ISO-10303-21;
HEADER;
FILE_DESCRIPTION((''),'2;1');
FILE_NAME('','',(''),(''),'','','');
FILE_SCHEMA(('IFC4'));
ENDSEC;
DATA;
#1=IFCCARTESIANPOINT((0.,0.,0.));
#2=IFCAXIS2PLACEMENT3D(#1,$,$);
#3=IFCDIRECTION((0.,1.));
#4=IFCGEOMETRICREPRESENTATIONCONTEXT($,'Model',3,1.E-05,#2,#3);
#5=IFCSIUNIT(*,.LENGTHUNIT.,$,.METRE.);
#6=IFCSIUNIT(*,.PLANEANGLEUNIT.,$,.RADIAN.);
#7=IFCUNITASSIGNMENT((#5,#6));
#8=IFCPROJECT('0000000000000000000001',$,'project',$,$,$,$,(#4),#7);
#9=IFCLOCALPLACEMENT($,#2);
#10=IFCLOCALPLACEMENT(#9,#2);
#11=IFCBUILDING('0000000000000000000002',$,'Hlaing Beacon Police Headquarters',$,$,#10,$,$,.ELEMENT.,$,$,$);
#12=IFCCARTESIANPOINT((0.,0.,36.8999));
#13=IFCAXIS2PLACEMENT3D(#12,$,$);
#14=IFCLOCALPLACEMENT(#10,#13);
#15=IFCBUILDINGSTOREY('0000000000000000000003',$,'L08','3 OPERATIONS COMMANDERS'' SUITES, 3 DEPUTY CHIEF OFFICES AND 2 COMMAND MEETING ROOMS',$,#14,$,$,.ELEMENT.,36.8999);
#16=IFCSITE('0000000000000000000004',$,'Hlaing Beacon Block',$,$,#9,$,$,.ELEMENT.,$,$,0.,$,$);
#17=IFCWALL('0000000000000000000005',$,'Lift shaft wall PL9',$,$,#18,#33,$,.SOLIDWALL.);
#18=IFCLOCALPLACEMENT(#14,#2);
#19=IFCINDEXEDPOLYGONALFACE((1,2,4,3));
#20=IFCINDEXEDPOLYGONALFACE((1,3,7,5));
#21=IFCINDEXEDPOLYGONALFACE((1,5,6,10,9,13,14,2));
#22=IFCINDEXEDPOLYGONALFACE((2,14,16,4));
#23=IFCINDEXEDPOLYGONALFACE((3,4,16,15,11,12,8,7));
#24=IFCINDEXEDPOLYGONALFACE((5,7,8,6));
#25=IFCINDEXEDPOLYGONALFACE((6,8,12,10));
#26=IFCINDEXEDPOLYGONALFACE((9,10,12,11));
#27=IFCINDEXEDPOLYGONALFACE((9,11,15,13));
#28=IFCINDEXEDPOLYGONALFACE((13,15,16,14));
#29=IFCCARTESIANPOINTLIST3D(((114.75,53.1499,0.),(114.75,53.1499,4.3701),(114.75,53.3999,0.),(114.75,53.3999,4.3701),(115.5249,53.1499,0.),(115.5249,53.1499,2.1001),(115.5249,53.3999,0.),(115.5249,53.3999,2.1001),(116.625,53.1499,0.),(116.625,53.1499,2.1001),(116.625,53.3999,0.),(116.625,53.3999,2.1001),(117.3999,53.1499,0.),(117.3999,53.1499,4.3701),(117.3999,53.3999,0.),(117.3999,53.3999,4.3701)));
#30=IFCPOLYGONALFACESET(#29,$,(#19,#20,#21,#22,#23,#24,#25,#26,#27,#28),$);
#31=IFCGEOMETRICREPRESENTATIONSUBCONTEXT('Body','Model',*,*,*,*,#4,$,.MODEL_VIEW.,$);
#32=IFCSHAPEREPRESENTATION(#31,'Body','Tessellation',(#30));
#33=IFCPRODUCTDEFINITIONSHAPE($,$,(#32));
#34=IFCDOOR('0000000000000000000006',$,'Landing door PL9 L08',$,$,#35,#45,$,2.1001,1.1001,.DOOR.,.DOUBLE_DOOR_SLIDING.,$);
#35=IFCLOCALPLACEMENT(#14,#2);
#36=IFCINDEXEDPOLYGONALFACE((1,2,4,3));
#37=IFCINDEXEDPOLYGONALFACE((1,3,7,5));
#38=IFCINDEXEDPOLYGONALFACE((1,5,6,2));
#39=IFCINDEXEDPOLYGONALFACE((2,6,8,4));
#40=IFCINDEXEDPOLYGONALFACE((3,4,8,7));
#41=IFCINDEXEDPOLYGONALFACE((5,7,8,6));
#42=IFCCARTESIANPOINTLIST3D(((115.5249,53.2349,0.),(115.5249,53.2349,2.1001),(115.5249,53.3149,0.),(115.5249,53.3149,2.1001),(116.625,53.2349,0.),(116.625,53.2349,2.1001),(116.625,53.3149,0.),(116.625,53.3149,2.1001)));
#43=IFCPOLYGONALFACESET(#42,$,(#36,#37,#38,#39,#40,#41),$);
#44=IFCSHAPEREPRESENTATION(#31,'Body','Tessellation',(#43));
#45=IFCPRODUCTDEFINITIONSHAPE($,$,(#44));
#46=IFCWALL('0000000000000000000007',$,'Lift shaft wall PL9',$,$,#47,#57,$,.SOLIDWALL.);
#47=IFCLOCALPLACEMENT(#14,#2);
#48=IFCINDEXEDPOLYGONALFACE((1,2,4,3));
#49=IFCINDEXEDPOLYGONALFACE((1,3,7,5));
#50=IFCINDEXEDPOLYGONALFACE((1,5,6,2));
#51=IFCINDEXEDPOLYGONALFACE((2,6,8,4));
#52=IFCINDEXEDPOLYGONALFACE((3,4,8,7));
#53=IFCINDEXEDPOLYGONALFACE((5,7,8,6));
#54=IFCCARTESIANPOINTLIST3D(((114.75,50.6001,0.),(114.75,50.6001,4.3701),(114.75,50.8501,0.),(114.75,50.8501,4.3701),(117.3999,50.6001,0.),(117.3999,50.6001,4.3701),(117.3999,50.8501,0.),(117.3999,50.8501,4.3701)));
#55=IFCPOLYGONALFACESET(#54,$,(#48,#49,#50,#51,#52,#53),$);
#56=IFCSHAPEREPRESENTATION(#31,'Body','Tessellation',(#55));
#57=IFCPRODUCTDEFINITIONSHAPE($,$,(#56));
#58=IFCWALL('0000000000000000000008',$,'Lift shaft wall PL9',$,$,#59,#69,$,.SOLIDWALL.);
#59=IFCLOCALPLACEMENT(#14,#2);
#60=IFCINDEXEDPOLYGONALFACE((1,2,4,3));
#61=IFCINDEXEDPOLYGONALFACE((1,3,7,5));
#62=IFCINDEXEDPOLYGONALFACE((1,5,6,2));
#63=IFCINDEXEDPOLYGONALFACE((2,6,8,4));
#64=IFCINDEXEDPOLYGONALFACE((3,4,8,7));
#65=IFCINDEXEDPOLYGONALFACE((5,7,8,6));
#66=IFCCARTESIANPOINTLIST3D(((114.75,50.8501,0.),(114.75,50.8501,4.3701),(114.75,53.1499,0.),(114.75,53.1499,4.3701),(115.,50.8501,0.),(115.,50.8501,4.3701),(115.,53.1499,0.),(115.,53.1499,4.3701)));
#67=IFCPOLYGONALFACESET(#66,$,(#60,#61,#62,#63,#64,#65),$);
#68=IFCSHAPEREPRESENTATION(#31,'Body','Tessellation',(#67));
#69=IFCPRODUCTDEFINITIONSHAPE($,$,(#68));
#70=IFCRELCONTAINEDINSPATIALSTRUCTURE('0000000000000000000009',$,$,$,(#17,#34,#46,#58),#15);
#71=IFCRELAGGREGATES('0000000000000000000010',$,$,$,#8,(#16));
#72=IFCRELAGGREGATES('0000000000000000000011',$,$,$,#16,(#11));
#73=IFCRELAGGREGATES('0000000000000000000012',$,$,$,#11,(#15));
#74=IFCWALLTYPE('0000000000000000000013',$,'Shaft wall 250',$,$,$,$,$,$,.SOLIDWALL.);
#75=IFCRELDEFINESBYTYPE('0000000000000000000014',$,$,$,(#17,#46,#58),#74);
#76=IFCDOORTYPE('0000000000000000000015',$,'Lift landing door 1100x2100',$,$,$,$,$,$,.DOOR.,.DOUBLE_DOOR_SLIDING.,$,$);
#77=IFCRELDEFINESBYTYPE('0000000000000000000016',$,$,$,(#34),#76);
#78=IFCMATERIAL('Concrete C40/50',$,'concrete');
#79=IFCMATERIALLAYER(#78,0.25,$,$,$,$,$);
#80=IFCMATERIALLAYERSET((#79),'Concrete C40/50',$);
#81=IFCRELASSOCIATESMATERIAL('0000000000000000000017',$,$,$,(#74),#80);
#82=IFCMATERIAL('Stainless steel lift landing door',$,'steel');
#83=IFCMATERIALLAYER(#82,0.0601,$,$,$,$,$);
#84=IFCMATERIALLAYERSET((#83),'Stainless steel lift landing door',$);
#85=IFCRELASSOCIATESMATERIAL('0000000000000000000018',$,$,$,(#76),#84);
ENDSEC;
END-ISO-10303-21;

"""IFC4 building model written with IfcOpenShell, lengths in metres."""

from ifc_helpers import new_model, si_unit, direction, frame, frame_2d, origin, place, context, subcontext, project, spatial, rectangle, extrude, material, layer, layer_set, type_object, element, fill, save


model = new_model("IFC4")

# Units and contexts
model_context = context("Model", 3, precision=1e-05, world=origin(), true_north=direction((0.0, 1.0)))
body_context = subcontext(model_context, "Body", "Model", "MODEL_VIEW")
ifc_project = project(units=[si_unit("LENGTHUNIT", "METRE"), si_unit("PLANEANGLEUNIT", "RADIAN")], contexts=[model_context])

# Site, building, storey
site_placement = place(None, origin())
site = spatial("IfcSite", under=ifc_project, at=site_placement, Name="Hlaing Beacon Block", CompositionType="ELEMENT", RefElevation=0.0)
building_placement = place(site_placement, origin())
building = spatial("IfcBuilding", under=site, at=building_placement, Name="Hlaing Beacon Police Headquarters", CompositionType="ELEMENT")
storey_placement = place(building_placement, frame((0.0, 0.0, 36.8999)))
storey = spatial("IfcBuildingStorey", under=building, at=storey_placement, Name="L08", Description="3 OPERATIONS COMMANDERS' SUITES, 3 DEPUTY CHIEF OFFICES AND 2 COMMAND MEETING ROOMS", CompositionType="ELEMENT", Elevation=36.8999)

# Shared definitions
ifc_material_1 = material(Name="Concrete C40/50", Category="concrete")
ifc_layer_1 = layer(ifc_material_1, 0.25)
ifc_layer_set_1 = layer_set([ifc_layer_1], Name="Concrete C40/50")
wall_type = type_object("IfcWallType", Name="Shaft wall 250", PredefinedType="SOLIDWALL", material=ifc_layer_set_1)

# Shared definitions
ifc_material_2 = material(Name="Stainless steel lift landing door", Category="steel")
ifc_layer_2 = layer(ifc_material_2, 0.0601)
ifc_layer_set_2 = layer_set([ifc_layer_2], Name="Stainless steel lift landing door")
door_type = type_object("IfcDoorType", Name="Lift landing door 1100x2100", OperationType="DOUBLE_DOOR_SLIDING", PredefinedType="DOOR", material=ifc_layer_set_2)

# Wall, opening, door
wall_1_placement = place(storey_placement, frame((114.75, 53.2749, 0.0), z_axis=(0.0, 0.0, 1.0), x_axis=(1.0, 0.0, 0.0)))
wall_1 = element("IfcWall", 1, at=wall_1_placement, inside=storey, type_object=wall_type, Name="Lift shaft wall PL9", PredefinedType="SOLIDWALL", context=body_context, shape_type="SweptSolid", body=[
    extrude(rectangle(XDim=2.6499, YDim=0.25, at=frame_2d((1.325, 0.0))), origin(), (0.0, 0.0, 1.0), 4.3701),
])
opening_1_placement = place(wall_1_placement, frame((0.7749, 0.0, 0.0)))
opening_1 = element("IfcOpeningElement", 2, at=opening_1_placement, cuts=wall_1, PredefinedType="OPENING", context=body_context, shape_type="SweptSolid", body=[
    extrude(rectangle(XDim=1.1001, YDim=2.1001, at=frame_2d((0.55, 1.05))), frame((0.0, 0.135, 0.0), z_axis=(0.0, -1.0, 0.0), x_axis=(1.0, 0.0, 0.0)), (0.0, 0.0, 1.0), 0.27),
])
door_1_placement = place(opening_1_placement, origin())
door_1 = element("IfcDoor", 3, at=door_1_placement, inside=storey, type_object=door_type, Name="Landing door PL9 L08", OperationType="DOUBLE_DOOR_SLIDING", OverallHeight=2.1001, OverallWidth=1.1001, PredefinedType="DOOR", context=body_context, shape_type="SweptSolid", body=[
    extrude(rectangle(XDim=1.1001, YDim=2.1001, at=frame_2d((0.55, 1.05))), frame((0.0, 0.04, 0.0), z_axis=(0.0, -1.0, 0.0), x_axis=(1.0, 0.0, 0.0)), (0.0, 0.0, 1.0), 0.0801),
])
fill(opening_1, door_1)

# Walls
wall_2_placement = place(storey_placement, frame((114.75, 50.7251, 0.0), z_axis=(0.0, 0.0, 1.0), x_axis=(1.0, 0.0, 0.0)))
element("IfcWall", 4, at=wall_2_placement, inside=storey, type_object=wall_type, Name="Lift shaft wall PL9", PredefinedType="SOLIDWALL", context=body_context, shape_type="SweptSolid", body=[
    extrude(rectangle(XDim=2.6499, YDim=0.25, at=frame_2d((1.325, 0.0))), origin(), (0.0, 0.0, 1.0), 4.3701),
])
wall_3_placement = place(storey_placement, frame((114.875, 50.8501, 0.0), z_axis=(0.0, 0.0, 1.0), x_axis=(0.0, 1.0, 0.0)))
element("IfcWall", 5, at=wall_3_placement, inside=storey, type_object=wall_type, Name="Lift shaft wall PL9", PredefinedType="SOLIDWALL", context=body_context, shape_type="SweptSolid", body=[
    extrude(rectangle(XDim=2.2998, YDim=0.25, at=frame_2d((1.1499, 0.0))), origin(), (0.0, 0.0, 1.0), 4.3701),
])

save(model, "model.ifc")
